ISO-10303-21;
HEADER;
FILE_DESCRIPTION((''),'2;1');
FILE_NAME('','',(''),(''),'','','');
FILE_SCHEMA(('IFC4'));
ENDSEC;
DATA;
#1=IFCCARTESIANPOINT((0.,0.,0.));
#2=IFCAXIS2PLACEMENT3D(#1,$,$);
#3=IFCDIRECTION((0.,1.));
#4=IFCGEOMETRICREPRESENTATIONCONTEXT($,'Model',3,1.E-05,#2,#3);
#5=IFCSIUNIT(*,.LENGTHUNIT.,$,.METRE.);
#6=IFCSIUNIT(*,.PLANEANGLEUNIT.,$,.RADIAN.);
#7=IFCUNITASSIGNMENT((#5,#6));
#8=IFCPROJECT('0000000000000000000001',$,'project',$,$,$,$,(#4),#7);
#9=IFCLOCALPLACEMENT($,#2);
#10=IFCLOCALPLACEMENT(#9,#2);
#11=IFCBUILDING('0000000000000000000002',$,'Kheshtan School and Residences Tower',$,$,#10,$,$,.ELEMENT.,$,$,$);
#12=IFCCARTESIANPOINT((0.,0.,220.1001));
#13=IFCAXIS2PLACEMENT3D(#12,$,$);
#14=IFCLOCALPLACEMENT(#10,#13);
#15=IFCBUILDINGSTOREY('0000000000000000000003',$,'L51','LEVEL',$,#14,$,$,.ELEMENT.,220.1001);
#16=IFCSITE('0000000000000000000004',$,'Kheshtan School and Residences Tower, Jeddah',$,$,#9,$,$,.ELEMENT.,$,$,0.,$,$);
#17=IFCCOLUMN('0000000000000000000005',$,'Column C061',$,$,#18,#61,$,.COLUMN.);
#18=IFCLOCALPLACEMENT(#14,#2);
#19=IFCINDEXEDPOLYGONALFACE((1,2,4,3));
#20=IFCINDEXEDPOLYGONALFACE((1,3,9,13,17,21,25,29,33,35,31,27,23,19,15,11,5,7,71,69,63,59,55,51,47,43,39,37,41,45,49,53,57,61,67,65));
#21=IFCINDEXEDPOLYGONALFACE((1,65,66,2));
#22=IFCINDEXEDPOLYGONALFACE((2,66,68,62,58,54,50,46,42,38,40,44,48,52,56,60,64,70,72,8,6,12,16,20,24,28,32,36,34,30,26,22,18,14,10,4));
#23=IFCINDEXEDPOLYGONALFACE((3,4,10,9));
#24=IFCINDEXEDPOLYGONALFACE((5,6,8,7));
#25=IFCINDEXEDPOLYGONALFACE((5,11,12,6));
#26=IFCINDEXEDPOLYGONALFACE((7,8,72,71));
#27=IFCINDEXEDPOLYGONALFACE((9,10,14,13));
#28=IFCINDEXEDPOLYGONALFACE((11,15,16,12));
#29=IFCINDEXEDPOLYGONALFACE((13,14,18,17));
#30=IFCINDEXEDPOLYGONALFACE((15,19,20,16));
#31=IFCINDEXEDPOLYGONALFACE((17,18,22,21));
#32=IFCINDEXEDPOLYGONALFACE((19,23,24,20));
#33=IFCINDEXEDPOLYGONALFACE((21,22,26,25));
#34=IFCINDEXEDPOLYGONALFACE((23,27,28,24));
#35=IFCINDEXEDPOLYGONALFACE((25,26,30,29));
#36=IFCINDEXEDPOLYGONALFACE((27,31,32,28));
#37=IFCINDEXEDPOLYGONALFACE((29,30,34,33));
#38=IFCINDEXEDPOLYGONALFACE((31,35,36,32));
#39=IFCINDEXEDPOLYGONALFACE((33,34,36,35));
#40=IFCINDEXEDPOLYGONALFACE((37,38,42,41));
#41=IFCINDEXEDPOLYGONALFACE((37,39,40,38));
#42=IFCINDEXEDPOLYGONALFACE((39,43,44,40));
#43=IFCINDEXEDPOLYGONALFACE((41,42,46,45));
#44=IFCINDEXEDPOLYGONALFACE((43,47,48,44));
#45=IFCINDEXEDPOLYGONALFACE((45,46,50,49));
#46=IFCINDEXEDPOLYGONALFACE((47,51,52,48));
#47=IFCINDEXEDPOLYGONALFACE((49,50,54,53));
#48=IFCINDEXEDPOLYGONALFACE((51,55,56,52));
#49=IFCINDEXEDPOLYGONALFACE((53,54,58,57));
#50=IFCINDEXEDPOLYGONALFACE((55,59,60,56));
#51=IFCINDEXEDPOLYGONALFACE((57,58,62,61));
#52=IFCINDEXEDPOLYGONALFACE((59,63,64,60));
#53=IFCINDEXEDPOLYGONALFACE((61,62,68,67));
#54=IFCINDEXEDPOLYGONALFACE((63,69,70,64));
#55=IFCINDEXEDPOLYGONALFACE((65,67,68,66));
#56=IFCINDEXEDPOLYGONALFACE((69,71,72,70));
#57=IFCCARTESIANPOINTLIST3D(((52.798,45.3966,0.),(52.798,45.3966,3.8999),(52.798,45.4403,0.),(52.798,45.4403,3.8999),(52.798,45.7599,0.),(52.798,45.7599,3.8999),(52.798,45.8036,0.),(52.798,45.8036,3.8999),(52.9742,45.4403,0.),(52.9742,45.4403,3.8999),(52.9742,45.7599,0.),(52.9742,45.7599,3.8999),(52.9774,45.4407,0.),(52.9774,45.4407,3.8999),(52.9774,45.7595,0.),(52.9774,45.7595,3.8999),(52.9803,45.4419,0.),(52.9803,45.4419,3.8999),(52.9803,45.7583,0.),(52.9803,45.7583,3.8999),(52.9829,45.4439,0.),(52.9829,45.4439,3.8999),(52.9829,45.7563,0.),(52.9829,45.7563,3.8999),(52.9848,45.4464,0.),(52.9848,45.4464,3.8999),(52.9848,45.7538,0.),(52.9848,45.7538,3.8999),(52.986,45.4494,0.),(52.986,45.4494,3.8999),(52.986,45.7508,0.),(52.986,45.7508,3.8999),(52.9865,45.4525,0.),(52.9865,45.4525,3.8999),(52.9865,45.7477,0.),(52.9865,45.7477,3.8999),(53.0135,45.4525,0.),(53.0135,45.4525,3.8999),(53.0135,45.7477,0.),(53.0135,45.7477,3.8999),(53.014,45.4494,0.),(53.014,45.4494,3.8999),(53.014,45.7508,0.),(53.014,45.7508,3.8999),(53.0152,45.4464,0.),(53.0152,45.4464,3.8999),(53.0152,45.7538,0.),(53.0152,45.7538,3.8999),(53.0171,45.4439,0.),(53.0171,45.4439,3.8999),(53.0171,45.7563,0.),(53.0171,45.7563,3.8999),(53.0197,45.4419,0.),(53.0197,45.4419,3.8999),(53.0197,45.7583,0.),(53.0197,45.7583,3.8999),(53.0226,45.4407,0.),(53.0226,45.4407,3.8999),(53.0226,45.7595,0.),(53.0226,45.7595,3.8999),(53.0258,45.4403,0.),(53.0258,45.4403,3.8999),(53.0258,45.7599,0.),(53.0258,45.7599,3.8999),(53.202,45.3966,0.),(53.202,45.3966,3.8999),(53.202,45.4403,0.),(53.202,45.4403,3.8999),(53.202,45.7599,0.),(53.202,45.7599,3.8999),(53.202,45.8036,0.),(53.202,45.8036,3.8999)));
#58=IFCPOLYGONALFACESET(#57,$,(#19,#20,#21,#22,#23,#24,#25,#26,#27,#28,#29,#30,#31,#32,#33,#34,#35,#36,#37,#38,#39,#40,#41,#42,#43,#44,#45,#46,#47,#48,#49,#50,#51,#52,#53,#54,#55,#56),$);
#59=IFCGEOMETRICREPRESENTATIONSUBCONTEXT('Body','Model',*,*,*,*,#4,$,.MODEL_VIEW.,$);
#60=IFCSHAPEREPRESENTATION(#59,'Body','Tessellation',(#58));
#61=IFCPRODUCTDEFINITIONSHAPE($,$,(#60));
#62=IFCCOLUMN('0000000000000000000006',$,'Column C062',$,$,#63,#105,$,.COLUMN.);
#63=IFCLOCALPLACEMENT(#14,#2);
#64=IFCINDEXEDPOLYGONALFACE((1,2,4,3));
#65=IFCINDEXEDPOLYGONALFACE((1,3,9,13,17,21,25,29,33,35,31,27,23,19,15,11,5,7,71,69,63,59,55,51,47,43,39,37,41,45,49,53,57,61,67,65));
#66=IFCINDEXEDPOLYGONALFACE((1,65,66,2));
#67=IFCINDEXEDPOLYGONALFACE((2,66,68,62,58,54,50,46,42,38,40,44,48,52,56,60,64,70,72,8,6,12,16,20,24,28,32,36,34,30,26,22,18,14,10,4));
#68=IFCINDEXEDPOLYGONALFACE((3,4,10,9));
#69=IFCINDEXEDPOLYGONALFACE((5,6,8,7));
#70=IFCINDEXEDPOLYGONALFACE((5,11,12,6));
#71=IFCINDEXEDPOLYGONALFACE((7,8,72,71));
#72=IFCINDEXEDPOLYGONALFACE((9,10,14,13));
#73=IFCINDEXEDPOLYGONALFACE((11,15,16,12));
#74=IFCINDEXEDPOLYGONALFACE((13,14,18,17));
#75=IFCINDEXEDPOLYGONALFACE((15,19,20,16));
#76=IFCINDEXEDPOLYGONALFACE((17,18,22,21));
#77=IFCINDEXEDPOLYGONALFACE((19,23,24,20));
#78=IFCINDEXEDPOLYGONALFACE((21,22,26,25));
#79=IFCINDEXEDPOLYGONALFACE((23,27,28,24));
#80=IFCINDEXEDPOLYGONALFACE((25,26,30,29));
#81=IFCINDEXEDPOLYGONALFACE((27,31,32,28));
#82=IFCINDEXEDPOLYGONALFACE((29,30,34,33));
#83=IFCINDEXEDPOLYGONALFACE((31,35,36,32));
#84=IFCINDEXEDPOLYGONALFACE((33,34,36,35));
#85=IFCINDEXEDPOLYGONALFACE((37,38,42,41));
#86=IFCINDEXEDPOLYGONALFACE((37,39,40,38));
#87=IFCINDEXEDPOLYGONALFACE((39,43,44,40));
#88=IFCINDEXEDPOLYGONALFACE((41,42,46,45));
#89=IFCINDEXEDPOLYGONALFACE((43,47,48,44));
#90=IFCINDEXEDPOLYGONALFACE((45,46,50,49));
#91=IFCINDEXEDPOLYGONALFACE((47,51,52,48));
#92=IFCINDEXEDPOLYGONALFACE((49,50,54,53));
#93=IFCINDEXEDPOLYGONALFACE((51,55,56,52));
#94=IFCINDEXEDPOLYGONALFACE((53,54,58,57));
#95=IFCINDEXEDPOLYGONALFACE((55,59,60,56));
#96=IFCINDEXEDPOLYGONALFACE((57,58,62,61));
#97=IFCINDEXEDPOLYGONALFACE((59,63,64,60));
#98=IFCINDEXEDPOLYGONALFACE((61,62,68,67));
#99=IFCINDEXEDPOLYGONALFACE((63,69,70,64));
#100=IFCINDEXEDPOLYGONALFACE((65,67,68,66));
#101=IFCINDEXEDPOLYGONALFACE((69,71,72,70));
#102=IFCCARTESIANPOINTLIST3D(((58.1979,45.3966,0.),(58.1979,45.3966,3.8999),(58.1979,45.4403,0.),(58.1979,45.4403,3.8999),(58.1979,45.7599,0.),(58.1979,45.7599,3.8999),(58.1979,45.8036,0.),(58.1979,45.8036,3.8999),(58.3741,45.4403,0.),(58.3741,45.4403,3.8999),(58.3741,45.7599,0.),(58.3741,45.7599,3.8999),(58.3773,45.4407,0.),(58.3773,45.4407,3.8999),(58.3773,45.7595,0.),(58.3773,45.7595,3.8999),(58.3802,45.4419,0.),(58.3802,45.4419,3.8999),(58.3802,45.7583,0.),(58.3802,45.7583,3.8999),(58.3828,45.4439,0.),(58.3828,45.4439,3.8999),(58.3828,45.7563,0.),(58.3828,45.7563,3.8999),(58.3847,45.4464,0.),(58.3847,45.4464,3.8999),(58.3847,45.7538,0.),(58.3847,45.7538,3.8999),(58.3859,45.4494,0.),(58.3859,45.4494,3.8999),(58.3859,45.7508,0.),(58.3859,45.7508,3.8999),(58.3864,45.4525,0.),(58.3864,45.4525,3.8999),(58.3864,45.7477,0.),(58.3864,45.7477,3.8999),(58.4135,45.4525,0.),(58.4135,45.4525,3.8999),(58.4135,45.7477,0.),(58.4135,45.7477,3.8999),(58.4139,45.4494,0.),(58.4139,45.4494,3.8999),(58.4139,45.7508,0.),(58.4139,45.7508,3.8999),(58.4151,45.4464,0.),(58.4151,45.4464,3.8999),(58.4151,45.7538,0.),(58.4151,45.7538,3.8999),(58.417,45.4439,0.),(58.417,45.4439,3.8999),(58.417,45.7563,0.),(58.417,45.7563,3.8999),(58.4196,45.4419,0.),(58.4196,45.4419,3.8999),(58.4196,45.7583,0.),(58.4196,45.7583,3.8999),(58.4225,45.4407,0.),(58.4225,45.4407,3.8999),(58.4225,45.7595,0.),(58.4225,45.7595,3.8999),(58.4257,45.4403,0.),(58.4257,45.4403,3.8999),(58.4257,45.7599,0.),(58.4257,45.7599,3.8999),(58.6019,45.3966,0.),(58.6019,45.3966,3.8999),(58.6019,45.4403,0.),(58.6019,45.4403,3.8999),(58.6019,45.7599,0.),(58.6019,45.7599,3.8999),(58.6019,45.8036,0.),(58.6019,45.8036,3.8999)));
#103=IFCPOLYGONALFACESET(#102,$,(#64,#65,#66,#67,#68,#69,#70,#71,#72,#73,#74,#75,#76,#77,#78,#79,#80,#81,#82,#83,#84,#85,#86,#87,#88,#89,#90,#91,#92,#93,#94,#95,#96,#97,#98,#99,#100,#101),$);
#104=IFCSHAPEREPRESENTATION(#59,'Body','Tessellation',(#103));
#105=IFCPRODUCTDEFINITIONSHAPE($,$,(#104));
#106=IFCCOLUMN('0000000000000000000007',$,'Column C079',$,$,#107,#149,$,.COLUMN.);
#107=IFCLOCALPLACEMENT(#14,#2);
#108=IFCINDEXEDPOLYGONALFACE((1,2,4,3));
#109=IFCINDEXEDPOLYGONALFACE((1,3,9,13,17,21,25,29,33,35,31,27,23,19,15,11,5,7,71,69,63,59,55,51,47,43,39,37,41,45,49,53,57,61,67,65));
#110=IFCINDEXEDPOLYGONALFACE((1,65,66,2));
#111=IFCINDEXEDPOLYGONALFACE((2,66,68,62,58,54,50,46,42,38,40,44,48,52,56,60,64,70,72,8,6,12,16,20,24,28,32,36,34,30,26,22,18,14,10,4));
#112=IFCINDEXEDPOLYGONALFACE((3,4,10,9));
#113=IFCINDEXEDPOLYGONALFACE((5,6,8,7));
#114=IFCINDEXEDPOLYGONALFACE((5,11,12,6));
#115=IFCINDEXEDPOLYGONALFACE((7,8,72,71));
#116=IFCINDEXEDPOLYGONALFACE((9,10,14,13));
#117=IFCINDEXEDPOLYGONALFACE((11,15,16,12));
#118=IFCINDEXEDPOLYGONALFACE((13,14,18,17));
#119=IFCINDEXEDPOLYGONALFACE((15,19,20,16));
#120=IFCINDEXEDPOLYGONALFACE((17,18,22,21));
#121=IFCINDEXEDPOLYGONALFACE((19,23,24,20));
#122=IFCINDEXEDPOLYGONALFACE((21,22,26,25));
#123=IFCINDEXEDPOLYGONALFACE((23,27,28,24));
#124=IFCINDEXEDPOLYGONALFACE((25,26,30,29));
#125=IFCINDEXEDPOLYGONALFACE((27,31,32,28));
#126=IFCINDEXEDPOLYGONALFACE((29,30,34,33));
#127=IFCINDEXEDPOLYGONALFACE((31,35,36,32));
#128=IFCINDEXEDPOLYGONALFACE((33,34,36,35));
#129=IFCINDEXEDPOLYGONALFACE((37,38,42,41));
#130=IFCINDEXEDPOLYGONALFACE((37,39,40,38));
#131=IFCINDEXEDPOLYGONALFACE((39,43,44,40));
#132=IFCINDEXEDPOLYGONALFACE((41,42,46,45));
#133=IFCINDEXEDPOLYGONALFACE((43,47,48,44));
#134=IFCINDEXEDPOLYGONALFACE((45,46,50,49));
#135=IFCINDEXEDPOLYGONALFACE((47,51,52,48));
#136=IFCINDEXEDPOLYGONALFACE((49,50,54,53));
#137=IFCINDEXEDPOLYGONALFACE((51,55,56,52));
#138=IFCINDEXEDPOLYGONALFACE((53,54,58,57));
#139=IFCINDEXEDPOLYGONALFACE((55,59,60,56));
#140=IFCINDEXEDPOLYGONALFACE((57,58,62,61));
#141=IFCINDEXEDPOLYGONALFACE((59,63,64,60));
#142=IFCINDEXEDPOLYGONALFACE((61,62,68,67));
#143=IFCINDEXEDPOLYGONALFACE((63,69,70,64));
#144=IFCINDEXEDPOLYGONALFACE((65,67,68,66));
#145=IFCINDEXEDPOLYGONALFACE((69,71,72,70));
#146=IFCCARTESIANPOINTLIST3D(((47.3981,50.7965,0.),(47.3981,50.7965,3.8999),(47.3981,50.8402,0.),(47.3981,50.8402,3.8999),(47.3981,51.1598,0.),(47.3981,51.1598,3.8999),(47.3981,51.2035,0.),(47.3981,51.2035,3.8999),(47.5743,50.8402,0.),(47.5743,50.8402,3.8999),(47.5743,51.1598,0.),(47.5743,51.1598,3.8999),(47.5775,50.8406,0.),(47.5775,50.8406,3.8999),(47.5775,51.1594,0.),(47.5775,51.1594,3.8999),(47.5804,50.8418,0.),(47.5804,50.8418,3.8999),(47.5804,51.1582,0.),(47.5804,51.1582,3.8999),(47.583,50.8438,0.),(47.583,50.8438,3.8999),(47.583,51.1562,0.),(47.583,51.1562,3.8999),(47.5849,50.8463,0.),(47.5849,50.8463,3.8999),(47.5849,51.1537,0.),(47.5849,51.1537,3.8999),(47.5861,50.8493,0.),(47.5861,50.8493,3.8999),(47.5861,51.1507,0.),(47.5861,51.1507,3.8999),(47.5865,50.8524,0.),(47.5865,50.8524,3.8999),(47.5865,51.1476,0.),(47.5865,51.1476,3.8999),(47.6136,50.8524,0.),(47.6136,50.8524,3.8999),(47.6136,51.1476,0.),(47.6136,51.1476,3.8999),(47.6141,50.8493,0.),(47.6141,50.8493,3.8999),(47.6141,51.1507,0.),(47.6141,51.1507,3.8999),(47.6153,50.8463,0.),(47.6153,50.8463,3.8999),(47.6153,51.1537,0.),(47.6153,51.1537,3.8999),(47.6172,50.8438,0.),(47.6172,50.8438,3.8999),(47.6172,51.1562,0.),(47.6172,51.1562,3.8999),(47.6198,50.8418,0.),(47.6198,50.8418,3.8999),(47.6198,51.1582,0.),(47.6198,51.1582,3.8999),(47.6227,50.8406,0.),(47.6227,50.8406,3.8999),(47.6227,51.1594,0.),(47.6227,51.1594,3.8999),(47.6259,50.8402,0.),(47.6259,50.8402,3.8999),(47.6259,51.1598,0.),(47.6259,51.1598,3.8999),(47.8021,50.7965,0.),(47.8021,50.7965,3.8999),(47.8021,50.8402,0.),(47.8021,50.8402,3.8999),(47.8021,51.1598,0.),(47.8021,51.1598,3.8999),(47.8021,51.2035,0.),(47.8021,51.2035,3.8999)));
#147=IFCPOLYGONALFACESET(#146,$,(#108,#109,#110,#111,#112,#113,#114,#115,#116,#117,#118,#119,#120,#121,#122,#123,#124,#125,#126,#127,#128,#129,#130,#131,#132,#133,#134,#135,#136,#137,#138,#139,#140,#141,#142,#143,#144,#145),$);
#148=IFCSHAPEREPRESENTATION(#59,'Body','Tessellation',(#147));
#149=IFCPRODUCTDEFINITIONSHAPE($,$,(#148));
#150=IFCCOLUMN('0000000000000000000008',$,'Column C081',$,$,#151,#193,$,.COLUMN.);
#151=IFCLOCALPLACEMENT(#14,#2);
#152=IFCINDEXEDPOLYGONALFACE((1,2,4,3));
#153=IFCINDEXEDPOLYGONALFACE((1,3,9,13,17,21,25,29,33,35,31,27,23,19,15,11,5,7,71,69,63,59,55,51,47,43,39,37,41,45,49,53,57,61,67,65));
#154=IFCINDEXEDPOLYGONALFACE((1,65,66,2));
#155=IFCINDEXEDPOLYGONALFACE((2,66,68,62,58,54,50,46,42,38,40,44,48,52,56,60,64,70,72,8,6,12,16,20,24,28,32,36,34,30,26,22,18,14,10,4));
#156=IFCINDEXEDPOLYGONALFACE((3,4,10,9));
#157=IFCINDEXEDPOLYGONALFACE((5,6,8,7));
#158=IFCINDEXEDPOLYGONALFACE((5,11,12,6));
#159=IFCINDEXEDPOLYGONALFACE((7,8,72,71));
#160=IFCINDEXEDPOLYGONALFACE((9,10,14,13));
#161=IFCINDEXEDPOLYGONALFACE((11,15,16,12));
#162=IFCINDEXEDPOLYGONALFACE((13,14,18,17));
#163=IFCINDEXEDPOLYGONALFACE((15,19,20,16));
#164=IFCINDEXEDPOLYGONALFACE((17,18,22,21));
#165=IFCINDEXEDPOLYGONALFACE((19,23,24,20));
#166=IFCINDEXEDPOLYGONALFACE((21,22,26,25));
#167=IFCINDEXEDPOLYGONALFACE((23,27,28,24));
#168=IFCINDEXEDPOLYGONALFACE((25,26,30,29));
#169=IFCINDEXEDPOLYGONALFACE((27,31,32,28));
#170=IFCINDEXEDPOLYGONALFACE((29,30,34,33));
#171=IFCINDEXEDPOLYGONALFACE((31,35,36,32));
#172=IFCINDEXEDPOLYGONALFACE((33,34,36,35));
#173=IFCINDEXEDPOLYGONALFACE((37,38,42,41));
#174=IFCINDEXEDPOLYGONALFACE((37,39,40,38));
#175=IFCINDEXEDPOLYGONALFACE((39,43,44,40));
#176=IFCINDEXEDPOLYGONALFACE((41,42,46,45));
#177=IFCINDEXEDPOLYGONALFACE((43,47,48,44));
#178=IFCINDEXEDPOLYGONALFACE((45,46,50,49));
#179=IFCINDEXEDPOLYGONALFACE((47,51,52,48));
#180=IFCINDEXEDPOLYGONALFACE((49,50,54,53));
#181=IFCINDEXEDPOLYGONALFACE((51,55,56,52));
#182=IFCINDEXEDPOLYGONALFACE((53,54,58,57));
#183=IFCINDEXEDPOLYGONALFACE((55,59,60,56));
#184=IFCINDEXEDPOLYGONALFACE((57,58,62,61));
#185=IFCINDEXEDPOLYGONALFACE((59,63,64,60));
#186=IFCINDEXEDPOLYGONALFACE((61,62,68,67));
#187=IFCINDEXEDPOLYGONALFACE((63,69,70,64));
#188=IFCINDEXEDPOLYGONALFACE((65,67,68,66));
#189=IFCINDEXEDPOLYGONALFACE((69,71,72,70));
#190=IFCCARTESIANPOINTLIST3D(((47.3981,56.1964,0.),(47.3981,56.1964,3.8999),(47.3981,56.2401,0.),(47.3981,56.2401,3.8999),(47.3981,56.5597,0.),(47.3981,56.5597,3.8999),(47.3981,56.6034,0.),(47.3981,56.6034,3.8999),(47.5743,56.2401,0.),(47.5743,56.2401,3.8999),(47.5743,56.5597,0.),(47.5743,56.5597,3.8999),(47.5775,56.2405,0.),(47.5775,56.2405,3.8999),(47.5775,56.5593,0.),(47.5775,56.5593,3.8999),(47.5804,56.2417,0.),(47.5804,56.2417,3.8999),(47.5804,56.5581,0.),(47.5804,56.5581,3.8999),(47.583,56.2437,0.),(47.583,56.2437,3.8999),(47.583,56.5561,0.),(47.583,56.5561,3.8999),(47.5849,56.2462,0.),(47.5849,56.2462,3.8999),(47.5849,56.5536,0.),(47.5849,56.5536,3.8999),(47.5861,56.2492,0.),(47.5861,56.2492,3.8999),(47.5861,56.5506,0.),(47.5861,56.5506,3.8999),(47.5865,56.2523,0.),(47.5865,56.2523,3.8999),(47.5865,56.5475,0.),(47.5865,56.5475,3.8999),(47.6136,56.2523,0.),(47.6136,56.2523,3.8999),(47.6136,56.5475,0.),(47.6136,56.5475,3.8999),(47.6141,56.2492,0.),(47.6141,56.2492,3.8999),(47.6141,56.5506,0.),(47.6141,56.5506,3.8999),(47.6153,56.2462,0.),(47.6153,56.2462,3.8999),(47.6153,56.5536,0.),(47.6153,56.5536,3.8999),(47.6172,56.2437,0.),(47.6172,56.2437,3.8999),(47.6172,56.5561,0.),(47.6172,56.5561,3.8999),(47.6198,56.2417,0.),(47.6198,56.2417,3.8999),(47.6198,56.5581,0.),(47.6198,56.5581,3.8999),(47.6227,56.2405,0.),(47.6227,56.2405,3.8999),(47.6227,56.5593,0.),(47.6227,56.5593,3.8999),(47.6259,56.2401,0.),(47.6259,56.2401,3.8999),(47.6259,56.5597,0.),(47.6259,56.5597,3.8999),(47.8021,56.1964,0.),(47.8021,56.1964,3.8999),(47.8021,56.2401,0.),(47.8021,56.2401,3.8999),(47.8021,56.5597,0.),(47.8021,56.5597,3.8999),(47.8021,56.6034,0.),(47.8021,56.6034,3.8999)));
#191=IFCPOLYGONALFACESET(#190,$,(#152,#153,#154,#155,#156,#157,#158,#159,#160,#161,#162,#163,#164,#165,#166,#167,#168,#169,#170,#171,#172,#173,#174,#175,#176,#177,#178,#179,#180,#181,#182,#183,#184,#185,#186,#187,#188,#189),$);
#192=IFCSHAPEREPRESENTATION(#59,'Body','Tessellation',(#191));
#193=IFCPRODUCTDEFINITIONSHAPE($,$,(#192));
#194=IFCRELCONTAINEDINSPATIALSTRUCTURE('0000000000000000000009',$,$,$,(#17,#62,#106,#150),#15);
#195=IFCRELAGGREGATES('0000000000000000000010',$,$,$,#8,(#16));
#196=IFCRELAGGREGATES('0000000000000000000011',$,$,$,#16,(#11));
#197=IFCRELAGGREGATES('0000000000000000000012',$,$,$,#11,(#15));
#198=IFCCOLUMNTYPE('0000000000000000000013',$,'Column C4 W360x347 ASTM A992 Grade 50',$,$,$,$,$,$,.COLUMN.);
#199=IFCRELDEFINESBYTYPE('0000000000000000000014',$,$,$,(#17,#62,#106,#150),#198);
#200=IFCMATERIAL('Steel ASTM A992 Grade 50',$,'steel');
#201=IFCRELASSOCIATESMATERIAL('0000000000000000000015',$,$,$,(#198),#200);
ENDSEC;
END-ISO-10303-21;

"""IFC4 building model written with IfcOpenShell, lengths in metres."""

from ifc_helpers import new_model, si_unit, direction, frame, origin, origin_2d, place, context, subcontext, project, spatial, i_section, extrude, material, material_profile, profile_set, type_object, element, save


model = new_model("IFC4")

# Units and contexts
model_context = context("Model", 3, precision=1e-05, world=origin(), true_north=direction((0.0, 1.0)))
body_context = subcontext(model_context, "Body", "Model", "MODEL_VIEW")
ifc_project = project(units=[si_unit("LENGTHUNIT", "METRE"), si_unit("PLANEANGLEUNIT", "RADIAN")], contexts=[model_context])

# Site, building, storey
site_placement = place(None, origin())
site = spatial("IfcSite", under=ifc_project, at=site_placement, Name="Kheshtan School and Residences Tower, Jeddah", CompositionType="ELEMENT", RefElevation=0.0)
building_placement = place(site_placement, origin())
building = spatial("IfcBuilding", under=site, at=building_placement, Name="Kheshtan School and Residences Tower", CompositionType="ELEMENT")
storey_placement = place(building_placement, frame((0.0, 0.0, 220.1001)))
storey = spatial("IfcBuildingStorey", under=building, at=storey_placement, Name="L51", Description="LEVEL", CompositionType="ELEMENT", Elevation=220.1001)

# Columns
ifc_material_1 = material(Name="Steel ASTM A992 Grade 50", Category="steel")
ifc_material_profile_1 = material_profile(ifc_material_1, i_section(OverallWidth=0.4041, OverallDepth=0.407, WebThickness=0.0271, FlangeThickness=0.0437, FilletRadius=0.0122, at=origin_2d()), Name="W360x347")
ifc_profile_set_1 = profile_set([ifc_material_profile_1], Name="Steel ASTM A992 Grade 50")
column_type_1 = type_object("IfcColumnType", Name="Column C4 W360x347 ASTM A992 Grade 50", PredefinedType="COLUMN", material=ifc_profile_set_1)
for number, where, z_axis, x_axis, name in (
    (1, (53.0, 45.6001, 0.0), (0.0, 0.0, 1.0), (1.0, 0.0, 0.0), "Column C061"),
    (2, (58.3999, 45.6001, 0.0), (0.0, 0.0, 1.0), (1.0, 0.0, 0.0), "Column C062"),
    (3, (47.6001, 51.0, 0.0), (0.0, 0.0, 1.0), (1.0, 0.0, 0.0), "Column C079"),
    (4, (47.6001, 56.3999, 0.0), (0.0, 0.0, 1.0), (1.0, 0.0, 0.0), "Column C081"),
):
    element("IfcColumn", number, at=place(storey_placement, frame(where, z_axis=z_axis, x_axis=x_axis)), inside=storey, type_object=column_type_1, Name=name, PredefinedType="COLUMN", context=body_context, shape_type="SweptSolid", body=[
        extrude(i_section(OverallWidth=0.4041, OverallDepth=0.407, WebThickness=0.0271, FlangeThickness=0.0437, FilletRadius=0.0122, at=origin_2d()), origin(), (0.0, 0.0, 1.0), 3.8999),
    ])

save(model, "model.ifc")
